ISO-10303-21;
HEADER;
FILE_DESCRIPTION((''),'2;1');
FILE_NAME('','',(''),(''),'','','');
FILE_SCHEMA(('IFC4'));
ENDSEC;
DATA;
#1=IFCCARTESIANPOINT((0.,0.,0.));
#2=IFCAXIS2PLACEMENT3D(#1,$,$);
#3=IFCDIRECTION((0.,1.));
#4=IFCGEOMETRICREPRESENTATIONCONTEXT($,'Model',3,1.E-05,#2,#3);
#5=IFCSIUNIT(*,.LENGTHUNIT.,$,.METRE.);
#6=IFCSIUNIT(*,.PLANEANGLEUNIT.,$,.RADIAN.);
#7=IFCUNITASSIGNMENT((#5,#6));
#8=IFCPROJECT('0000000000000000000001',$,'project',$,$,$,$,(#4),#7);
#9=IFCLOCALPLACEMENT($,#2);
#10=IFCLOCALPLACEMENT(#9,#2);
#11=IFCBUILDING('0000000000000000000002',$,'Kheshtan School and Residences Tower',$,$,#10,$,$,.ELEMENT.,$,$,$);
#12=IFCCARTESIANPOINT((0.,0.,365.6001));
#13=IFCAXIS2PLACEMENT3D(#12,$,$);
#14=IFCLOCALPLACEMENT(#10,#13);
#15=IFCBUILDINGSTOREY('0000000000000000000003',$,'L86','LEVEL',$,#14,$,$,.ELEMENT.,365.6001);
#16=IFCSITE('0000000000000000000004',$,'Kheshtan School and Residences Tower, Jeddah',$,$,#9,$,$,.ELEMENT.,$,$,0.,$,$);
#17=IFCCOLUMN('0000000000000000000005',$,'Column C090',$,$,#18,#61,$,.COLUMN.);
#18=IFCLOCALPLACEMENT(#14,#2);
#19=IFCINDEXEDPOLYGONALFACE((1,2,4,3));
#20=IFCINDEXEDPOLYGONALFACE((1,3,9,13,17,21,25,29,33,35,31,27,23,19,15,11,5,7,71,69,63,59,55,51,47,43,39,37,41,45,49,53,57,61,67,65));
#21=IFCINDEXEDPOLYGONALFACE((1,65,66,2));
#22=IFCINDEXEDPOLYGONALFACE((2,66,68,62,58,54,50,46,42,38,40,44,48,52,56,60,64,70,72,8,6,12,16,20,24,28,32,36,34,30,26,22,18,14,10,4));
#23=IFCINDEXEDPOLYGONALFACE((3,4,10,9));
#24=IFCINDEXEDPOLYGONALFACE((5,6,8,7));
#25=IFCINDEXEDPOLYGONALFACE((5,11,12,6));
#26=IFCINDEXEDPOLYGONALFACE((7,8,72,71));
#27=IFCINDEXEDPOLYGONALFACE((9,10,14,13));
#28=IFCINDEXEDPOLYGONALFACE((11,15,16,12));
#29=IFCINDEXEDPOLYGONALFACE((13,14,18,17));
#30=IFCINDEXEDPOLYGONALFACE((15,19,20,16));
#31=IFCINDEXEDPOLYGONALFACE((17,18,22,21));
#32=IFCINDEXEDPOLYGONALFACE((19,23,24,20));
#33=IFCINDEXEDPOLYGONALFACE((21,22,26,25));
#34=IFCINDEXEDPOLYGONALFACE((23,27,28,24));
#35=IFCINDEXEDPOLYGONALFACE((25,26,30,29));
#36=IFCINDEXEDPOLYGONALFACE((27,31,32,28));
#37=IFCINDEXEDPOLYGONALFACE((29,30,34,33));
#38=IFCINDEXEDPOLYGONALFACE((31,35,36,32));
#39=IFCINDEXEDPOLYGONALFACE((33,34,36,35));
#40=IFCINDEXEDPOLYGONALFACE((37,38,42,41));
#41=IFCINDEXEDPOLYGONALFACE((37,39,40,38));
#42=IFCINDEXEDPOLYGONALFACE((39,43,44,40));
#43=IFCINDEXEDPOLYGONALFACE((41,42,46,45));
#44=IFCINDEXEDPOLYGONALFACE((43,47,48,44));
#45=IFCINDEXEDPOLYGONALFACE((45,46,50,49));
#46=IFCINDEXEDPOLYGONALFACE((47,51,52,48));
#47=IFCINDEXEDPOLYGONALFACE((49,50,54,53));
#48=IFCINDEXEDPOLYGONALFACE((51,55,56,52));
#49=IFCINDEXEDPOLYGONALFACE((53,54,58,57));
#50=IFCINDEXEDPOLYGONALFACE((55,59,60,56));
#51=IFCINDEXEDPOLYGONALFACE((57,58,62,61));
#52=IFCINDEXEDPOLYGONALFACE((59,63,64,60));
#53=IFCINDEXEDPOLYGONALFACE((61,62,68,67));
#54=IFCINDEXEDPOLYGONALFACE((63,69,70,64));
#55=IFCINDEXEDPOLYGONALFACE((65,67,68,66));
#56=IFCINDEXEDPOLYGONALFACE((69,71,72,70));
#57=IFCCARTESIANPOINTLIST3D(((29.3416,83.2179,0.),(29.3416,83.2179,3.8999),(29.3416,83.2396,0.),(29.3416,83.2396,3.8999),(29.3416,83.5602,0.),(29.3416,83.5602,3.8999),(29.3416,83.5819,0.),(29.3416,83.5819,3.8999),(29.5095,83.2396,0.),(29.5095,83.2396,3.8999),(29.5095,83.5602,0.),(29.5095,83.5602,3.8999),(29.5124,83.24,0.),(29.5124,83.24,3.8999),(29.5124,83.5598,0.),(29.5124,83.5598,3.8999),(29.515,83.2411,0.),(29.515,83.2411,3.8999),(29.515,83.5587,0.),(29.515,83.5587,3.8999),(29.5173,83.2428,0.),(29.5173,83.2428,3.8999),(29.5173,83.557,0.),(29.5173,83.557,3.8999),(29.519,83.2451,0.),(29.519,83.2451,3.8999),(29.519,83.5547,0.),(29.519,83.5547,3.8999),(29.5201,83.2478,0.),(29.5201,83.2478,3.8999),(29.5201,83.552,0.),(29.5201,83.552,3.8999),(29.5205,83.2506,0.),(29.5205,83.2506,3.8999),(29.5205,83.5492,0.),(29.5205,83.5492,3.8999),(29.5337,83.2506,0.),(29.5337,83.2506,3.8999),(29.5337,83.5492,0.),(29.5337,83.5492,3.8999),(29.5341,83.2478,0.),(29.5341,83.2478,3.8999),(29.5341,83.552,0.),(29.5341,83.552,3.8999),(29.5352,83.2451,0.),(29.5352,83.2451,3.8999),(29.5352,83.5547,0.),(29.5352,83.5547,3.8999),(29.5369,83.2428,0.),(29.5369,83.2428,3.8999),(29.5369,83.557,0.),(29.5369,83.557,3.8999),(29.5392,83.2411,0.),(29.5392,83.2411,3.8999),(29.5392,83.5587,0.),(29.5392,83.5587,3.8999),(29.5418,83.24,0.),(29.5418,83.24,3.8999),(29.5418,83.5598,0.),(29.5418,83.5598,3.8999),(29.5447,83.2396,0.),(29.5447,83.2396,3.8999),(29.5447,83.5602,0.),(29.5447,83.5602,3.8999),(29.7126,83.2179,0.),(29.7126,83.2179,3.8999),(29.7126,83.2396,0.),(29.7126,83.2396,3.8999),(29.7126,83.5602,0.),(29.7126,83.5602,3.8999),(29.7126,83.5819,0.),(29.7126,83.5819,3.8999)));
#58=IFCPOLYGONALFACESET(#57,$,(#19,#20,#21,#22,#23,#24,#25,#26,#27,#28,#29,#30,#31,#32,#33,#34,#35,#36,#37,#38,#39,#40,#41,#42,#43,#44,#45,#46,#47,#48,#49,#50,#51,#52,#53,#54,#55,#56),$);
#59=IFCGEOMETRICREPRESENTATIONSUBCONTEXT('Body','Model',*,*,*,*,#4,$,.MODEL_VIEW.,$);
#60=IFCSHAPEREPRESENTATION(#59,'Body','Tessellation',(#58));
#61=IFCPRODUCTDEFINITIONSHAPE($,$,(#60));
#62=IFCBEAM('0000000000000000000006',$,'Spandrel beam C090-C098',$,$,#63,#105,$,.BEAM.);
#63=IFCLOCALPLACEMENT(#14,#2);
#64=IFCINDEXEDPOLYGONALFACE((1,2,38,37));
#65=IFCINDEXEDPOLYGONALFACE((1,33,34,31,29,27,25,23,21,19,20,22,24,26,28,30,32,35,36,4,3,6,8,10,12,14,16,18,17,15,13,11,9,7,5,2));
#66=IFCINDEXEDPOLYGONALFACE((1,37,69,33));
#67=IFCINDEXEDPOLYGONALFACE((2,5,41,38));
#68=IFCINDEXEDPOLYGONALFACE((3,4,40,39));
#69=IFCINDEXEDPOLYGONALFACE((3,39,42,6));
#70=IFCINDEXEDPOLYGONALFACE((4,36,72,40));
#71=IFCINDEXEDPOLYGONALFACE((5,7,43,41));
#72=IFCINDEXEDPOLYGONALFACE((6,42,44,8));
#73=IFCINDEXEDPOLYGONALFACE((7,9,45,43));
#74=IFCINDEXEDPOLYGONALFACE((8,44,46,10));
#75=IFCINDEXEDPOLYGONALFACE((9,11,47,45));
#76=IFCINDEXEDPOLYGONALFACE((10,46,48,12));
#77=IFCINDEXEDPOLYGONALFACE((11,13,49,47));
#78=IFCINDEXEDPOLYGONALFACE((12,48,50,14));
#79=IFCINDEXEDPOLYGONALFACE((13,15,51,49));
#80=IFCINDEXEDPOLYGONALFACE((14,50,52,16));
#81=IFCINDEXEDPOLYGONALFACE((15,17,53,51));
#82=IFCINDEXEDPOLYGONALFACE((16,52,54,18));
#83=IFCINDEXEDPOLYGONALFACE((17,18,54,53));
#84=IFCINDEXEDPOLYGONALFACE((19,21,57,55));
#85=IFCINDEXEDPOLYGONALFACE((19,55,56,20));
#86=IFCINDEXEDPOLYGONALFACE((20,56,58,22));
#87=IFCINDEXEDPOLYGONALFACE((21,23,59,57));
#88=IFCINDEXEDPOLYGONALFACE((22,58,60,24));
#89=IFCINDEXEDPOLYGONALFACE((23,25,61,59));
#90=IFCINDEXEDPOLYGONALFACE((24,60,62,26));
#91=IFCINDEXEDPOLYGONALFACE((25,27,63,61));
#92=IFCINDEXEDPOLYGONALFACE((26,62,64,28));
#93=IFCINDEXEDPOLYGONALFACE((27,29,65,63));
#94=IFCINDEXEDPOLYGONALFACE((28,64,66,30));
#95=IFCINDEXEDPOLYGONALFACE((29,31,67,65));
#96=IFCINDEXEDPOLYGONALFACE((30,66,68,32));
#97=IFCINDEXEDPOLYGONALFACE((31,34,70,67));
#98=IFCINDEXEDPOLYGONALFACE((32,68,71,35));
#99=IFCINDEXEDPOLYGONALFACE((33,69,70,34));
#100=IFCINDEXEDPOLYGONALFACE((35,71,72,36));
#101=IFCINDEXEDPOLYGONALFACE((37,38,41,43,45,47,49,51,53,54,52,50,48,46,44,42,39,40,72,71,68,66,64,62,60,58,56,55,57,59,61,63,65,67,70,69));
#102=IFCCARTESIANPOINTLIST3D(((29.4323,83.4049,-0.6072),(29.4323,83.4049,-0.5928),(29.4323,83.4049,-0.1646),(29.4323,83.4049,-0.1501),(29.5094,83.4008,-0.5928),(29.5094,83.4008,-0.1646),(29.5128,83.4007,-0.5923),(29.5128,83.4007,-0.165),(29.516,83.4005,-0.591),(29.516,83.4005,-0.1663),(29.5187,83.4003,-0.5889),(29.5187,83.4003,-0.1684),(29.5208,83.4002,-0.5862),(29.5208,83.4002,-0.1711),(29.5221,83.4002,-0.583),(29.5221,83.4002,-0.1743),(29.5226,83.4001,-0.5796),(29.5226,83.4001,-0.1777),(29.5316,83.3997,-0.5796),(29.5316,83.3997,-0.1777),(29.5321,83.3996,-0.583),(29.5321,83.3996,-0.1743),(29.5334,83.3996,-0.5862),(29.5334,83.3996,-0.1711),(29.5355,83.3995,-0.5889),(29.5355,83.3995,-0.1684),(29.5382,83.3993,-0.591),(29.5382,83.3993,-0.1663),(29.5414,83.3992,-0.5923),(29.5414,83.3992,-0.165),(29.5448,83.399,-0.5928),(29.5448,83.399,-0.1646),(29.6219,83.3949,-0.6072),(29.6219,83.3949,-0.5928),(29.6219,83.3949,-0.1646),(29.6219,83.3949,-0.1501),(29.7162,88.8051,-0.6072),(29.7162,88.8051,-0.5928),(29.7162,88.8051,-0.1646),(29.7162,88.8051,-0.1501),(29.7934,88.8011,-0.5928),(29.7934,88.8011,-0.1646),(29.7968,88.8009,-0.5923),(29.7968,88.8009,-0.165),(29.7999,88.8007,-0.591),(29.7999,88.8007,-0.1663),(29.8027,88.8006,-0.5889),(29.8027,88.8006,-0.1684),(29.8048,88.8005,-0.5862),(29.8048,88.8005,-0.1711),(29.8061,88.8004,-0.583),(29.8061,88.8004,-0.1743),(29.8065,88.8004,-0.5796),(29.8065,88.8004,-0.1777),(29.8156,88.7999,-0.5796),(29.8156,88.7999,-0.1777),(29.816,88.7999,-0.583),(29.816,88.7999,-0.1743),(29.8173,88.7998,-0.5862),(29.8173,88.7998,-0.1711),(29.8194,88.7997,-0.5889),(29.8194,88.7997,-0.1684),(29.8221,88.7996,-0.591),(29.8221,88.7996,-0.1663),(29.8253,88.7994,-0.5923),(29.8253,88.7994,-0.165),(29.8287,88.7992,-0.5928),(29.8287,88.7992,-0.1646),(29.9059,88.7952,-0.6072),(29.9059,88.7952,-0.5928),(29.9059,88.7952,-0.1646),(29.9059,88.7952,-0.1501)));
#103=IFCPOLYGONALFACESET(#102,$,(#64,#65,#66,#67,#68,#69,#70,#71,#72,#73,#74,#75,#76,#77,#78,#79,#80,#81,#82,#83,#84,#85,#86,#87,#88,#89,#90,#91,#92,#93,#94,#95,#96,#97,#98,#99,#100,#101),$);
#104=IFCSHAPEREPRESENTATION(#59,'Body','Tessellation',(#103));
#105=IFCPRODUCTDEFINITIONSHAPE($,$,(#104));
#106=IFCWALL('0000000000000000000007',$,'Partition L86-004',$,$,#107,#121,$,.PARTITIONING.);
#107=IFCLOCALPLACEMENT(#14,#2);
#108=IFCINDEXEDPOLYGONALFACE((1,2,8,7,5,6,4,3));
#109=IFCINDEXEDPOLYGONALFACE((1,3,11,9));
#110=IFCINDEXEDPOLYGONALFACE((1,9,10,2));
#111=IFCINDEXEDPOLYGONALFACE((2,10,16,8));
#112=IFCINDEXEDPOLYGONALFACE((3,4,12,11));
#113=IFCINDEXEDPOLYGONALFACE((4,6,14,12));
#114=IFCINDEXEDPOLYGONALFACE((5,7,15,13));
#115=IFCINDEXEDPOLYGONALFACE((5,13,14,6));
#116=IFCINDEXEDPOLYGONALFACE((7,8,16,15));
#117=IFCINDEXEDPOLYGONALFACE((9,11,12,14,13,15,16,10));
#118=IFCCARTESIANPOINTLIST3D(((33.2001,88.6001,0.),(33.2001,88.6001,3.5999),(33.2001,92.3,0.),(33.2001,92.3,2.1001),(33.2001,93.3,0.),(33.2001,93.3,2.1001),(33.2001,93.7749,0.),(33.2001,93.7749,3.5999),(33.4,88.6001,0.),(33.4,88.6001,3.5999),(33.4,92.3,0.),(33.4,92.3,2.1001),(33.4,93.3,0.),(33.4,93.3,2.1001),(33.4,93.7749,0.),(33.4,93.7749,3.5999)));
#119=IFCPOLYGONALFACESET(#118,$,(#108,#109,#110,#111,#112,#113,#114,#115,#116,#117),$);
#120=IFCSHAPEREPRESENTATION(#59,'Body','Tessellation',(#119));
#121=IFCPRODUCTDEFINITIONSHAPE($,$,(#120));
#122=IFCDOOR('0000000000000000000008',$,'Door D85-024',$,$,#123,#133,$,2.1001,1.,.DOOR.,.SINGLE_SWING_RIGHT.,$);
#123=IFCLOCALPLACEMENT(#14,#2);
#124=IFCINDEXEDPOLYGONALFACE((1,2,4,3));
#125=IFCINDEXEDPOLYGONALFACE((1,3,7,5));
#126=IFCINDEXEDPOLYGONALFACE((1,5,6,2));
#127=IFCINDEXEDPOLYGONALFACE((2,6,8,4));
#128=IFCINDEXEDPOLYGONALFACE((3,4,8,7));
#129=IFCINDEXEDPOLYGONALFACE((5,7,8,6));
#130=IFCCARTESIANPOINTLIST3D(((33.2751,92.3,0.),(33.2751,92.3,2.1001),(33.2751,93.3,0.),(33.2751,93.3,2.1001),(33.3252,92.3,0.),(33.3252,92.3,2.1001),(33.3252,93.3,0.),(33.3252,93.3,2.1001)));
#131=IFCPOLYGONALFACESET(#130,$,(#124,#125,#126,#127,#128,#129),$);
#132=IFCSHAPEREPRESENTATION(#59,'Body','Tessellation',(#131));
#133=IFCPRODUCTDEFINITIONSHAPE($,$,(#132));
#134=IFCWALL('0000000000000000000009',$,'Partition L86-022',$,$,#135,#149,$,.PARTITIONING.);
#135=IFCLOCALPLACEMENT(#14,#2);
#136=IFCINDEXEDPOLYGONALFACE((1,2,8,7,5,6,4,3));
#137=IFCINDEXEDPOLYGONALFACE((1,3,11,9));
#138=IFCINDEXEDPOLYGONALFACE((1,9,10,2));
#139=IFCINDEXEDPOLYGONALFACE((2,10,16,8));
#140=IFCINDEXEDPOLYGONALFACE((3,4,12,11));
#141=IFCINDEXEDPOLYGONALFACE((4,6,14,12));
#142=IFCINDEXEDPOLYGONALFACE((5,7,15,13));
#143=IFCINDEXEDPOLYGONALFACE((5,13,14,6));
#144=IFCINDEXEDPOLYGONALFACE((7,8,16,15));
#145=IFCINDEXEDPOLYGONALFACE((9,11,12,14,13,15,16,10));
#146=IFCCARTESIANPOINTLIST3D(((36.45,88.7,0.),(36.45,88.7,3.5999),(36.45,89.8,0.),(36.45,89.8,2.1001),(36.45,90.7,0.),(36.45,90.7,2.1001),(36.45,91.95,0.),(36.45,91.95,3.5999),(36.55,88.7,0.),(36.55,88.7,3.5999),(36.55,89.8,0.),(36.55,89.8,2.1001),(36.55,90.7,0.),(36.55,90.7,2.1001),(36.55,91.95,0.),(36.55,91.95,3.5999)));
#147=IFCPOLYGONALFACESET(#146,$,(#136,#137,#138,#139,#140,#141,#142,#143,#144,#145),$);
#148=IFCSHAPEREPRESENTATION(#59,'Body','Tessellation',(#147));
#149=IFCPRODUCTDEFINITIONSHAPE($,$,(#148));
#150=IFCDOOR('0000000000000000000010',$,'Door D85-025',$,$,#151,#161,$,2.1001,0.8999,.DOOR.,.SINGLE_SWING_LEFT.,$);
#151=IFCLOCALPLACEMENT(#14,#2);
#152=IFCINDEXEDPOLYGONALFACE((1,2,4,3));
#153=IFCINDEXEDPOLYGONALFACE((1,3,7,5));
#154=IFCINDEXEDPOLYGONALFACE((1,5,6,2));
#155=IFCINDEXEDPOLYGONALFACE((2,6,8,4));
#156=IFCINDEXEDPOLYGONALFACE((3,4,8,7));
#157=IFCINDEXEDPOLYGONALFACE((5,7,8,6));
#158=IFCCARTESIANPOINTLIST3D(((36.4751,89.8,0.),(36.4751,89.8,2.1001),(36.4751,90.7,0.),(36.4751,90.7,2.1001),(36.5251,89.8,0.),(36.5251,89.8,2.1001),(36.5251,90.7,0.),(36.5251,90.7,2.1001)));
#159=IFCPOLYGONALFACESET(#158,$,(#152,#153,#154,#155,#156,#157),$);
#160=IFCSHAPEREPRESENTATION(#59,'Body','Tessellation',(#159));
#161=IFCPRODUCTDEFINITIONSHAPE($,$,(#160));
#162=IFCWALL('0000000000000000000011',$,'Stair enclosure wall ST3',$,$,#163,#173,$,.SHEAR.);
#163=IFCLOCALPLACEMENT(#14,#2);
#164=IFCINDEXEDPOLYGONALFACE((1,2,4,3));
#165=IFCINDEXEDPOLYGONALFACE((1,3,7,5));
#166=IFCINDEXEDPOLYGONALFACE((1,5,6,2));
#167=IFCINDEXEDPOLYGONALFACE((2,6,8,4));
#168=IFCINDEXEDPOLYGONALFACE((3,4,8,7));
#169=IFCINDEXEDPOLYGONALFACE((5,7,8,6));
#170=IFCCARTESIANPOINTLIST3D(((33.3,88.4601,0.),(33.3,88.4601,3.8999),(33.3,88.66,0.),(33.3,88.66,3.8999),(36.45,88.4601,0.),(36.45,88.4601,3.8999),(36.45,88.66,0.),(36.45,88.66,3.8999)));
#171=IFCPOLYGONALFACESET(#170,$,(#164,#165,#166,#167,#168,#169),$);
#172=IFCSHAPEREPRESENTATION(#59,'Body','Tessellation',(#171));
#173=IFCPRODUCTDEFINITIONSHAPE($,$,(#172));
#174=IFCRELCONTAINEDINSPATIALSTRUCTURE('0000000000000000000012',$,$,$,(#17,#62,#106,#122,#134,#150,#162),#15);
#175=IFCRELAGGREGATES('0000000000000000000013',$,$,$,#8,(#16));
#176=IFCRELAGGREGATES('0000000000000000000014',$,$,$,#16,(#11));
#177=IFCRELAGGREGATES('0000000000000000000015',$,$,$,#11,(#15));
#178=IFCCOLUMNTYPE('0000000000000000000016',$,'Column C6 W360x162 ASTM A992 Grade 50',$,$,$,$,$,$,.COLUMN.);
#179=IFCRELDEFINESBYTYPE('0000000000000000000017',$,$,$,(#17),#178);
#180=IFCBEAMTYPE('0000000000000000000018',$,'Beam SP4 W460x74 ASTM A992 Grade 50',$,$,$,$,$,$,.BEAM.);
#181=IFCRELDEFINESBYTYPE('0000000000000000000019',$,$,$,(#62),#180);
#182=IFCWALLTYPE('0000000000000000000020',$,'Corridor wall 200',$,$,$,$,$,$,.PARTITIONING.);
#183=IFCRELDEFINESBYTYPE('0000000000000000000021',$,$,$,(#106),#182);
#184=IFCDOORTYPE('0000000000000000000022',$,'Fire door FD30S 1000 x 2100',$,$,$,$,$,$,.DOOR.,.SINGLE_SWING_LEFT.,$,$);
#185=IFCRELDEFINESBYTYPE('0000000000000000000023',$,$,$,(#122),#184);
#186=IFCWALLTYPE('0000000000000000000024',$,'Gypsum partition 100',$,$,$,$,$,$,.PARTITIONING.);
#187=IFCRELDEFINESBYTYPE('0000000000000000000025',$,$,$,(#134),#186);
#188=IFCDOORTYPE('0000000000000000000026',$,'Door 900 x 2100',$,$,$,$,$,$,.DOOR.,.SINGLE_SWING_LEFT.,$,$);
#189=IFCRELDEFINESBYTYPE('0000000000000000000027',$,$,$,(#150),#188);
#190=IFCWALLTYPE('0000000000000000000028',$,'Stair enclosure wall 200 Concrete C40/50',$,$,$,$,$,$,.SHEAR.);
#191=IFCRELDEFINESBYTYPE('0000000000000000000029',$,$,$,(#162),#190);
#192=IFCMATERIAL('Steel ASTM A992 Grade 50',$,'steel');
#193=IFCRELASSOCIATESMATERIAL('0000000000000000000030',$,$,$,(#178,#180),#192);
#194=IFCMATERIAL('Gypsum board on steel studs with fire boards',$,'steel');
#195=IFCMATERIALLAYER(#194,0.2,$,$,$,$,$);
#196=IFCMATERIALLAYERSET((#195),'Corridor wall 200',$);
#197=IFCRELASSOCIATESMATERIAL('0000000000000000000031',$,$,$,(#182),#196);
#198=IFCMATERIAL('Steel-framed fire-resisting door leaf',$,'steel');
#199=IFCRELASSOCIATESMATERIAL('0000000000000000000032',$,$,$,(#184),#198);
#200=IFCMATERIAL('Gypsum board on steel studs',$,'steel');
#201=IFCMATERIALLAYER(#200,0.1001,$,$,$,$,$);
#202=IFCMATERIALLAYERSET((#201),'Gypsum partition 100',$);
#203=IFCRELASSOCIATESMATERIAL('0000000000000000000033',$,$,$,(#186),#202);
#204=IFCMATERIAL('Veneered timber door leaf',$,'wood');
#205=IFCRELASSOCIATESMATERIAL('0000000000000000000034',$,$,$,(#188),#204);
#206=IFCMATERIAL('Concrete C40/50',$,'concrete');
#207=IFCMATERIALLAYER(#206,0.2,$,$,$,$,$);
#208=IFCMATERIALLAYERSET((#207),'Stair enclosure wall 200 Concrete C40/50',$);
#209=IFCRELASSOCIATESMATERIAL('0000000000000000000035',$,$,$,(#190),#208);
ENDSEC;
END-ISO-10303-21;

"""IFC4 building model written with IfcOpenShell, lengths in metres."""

from ifc_helpers import new_model, si_unit, direction, frame, frame_2d, origin, origin_2d, place, context, subcontext, project, spatial, rectangle, i_section, extrude, source, transform, mapped, material, layer, layer_set, material_profile, profile_set, type_object, element, fill, save


model = new_model("IFC4")

# Units and contexts
model_context = context("Model", 3, precision=1e-05, world=origin(), true_north=direction((0.0, 1.0)))
body_context = subcontext(model_context, "Body", "Model", "MODEL_VIEW")
ifc_project = project(units=[si_unit("LENGTHUNIT", "METRE"), si_unit("PLANEANGLEUNIT", "RADIAN")], contexts=[model_context])

# Site, building, storey
site_placement = place(None, origin())
site = spatial("IfcSite", under=ifc_project, at=site_placement, Name="Kheshtan School and Residences Tower, Jeddah", CompositionType="ELEMENT", RefElevation=0.0)
building_placement = place(site_placement, origin())
building = spatial("IfcBuilding", under=site, at=building_placement, Name="Kheshtan School and Residences Tower", CompositionType="ELEMENT")
storey_placement = place(building_placement, frame((0.0, 0.0, 365.6001)))
storey = spatial("IfcBuildingStorey", under=building, at=storey_placement, Name="L86", Description="LEVEL", CompositionType="ELEMENT", Elevation=365.6001)

# Column
ifc_material_1 = material(Name="Steel ASTM A992 Grade 50", Category="steel")
ifc_material_profile_1 = material_profile(ifc_material_1, i_section(OverallWidth=0.3711, OverallDepth=0.364, WebThickness=0.0132, FlangeThickness=0.0217, FilletRadius=0.011, at=origin_2d()), Name="W360x162")
ifc_profile_set_1 = profile_set([ifc_material_profile_1], Name="Steel ASTM A992 Grade 50")
column_type = type_object("IfcColumnType", Name="Column C6 W360x162 ASTM A992 Grade 50", PredefinedType="COLUMN", material=ifc_profile_set_1)
column_placement = place(storey_placement, frame((29.5271, 83.3999, 0.0), z_axis=(0.0, 0.0, 1.0), x_axis=(1.0, 0.0, 0.0)))
element("IfcColumn", 1, at=column_placement, inside=storey, type_object=column_type, Name="Column C090", PredefinedType="COLUMN", context=body_context, shape_type="SweptSolid", body=[
    extrude(i_section(OverallWidth=0.3711, OverallDepth=0.364, WebThickness=0.0132, FlangeThickness=0.0217, FilletRadius=0.011, at=origin_2d()), origin(), (0.0, 0.0, 1.0), 3.8999),
])

# Beam
ifc_material_profile_2 = material_profile(ifc_material_1, i_section(OverallWidth=0.1899, OverallDepth=0.457, WebThickness=0.009, FlangeThickness=0.0144, FilletRadius=0.0132, at=origin_2d()), Name="W460x74")
ifc_profile_set_2 = profile_set([ifc_material_profile_2], Name="Steel ASTM A992 Grade 50")
beam_type = type_object("IfcBeamType", Name="Beam SP4 W460x74 ASTM A992 Grade 50", PredefinedType="BEAM", material=ifc_profile_set_2)
beam_placement = place(storey_placement, frame((29.5271, 83.3999, -0.3787), z_axis=(0.052507, 0.998621, 0.0), x_axis=(-0.998621, 0.052507, 0.0)))
element("IfcBeam", 2, at=beam_placement, inside=storey, type_object=beam_type, Name="Spandrel beam C090-C098", PredefinedType="BEAM", context=body_context, shape_type="SweptSolid", body=[
    extrude(i_section(OverallWidth=0.1899, OverallDepth=0.457, WebThickness=0.009, FlangeThickness=0.0144, FilletRadius=0.0132, at=origin_2d()), origin(), (0.0, 0.0, 1.0), 5.4077),
])

# Walls, openings, doors
ifc_material_2 = material(Name="Gypsum board on steel studs with fire boards", Category="steel")
ifc_layer_1 = layer(ifc_material_2, 0.2)
ifc_layer_set_1 = layer_set([ifc_layer_1], Name="Corridor wall 200")
wall_type_1 = type_object("IfcWallType", Name="Corridor wall 200", PredefinedType="PARTITIONING", material=ifc_layer_set_1)
wall_1_placement = place(storey_placement, frame((33.3, 88.6001, 0.0), z_axis=(0.0, 0.0, 1.0), x_axis=(0.0, 1.0, 0.0)))
wall_1 = element("IfcWall", 3, at=wall_1_placement, inside=storey, type_object=wall_type_1, Name="Partition L86-004", PredefinedType="PARTITIONING", context=body_context, shape_type="SweptSolid", body=[
    extrude(rectangle(XDim=5.1748, YDim=0.2, at=frame_2d((2.5874, 0.0))), origin(), (0.0, 0.0, 1.0), 3.5999),
])
opening_1_placement = place(wall_1_placement, frame((3.7, 0.0, 0.0)))
opening_1 = element("IfcOpeningElement", 4, at=opening_1_placement, cuts=wall_1, PredefinedType="OPENING", context=body_context, shape_type="SweptSolid", body=[
    extrude(rectangle(XDim=1.0, YDim=2.1001, at=frame_2d((0.5, 1.05))), frame((0.0, 0.1099, 0.0), z_axis=(0.0, -1.0, 0.0), x_axis=(1.0, 0.0, 0.0)), (0.0, 0.0, 1.0), 0.22),
])
ifc_material_3 = material(Name="Steel-framed fire-resisting door leaf", Category="steel")
door_type_1 = type_object("IfcDoorType", Name="Fire door FD30S 1000 x 2100", OperationType="SINGLE_SWING_LEFT", PredefinedType="DOOR", material=ifc_material_3)
shared_shape_1 = source(origin(), body_context, "Body", "SweptSolid", [
    extrude(rectangle(XDim=1.0, YDim=2.1001, at=frame_2d((0.5, 1.05))), frame((0.0, 0.0249, 0.0), z_axis=(0.0, -1.0, 0.0), x_axis=(1.0, 0.0, 0.0)), (0.0, 0.0, 1.0), 0.05),
])
door_1_placement = place(opening_1_placement, origin())
door_1 = element("IfcDoor", 5, at=door_1_placement, inside=storey, type_object=door_type_1, Name="Door D85-024", OperationType="SINGLE_SWING_RIGHT", OverallHeight=2.1001, OverallWidth=1.0, PredefinedType="DOOR", context=body_context, shape_type="MappedRepresentation", body=[
    mapped(shared_shape_1, transform((0.0, 0.0, 0.0), x_axis=(1.0, 0.0, 0.0), y_axis=(0.0, 1.0, 0.0), z_axis=(0.0, 0.0, 1.0), scale=1.0)),
])
fill(opening_1, door_1)
ifc_material_4 = material(Name="Gypsum board on steel studs", Category="steel")
ifc_layer_2 = layer(ifc_material_4, 0.1001)
ifc_layer_set_2 = layer_set([ifc_layer_2], Name="Gypsum partition 100")
wall_type_2 = type_object("IfcWallType", Name="Gypsum partition 100", PredefinedType="PARTITIONING", material=ifc_layer_set_2)
wall_2_placement = place(storey_placement, frame((36.5, 88.7, 0.0), z_axis=(0.0, 0.0, 1.0), x_axis=(0.0, 1.0, 0.0)))
wall_2 = element("IfcWall", 6, at=wall_2_placement, inside=storey, type_object=wall_type_2, Name="Partition L86-022", PredefinedType="PARTITIONING", context=body_context, shape_type="SweptSolid", body=[
    extrude(rectangle(XDim=3.25, YDim=0.1001, at=frame_2d((1.625, 0.0))), origin(), (0.0, 0.0, 1.0), 3.5999),
])
opening_2_placement = place(wall_2_placement, frame((1.1001, 0.0, 0.0)))
opening_2 = element("IfcOpeningElement", 7, at=opening_2_placement, cuts=wall_2, PredefinedType="OPENING", context=body_context, shape_type="SweptSolid", body=[
    extrude(rectangle(XDim=0.8999, YDim=2.1001, at=frame_2d((0.45, 1.05))), frame((0.0, 0.0601, 0.0), z_axis=(0.0, -1.0, 0.0), x_axis=(1.0, 0.0, 0.0)), (0.0, 0.0, 1.0), 0.1201),
])
ifc_material_5 = material(Name="Veneered timber door leaf", Category="wood")
door_type_2 = type_object("IfcDoorType", Name="Door 900 x 2100", OperationType="SINGLE_SWING_LEFT", PredefinedType="DOOR", material=ifc_material_5)
shared_shape_2 = source(origin(), body_context, "Body", "SweptSolid", [
    extrude(rectangle(XDim=0.8999, YDim=2.1001, at=frame_2d((0.45, 1.05))), frame((0.0, 0.0249, 0.0), z_axis=(0.0, -1.0, 0.0), x_axis=(1.0, 0.0, 0.0)), (0.0, 0.0, 1.0), 0.05),
])
door_2_placement = place(opening_2_placement, origin())
door_2 = element("IfcDoor", 8, at=door_2_placement, inside=storey, type_object=door_type_2, Name="Door D85-025", OperationType="SINGLE_SWING_LEFT", OverallHeight=2.1001, OverallWidth=0.8999, PredefinedType="DOOR", context=body_context, shape_type="MappedRepresentation", body=[
    mapped(shared_shape_2, transform((0.0, 0.0, 0.0), x_axis=(1.0, 0.0, 0.0), y_axis=(0.0, 1.0, 0.0), z_axis=(0.0, 0.0, 1.0), scale=1.0)),
])
fill(opening_2, door_2)

# Wall
ifc_material_6 = material(Name="Concrete C40/50", Category="concrete")
ifc_layer_3 = layer(ifc_material_6, 0.2)
ifc_layer_set_3 = layer_set([ifc_layer_3], Name="Stair enclosure wall 200 Concrete C40/50")
wall_type_3 = type_object("IfcWallType", Name="Stair enclosure wall 200 Concrete C40/50", PredefinedType="SHEAR", material=ifc_layer_set_3)
wall_3_placement = place(storey_placement, frame((33.3, 88.5601, 0.0), z_axis=(0.0, 0.0, 1.0), x_axis=(1.0, 0.0, 0.0)))
element("IfcWall", 9, at=wall_3_placement, inside=storey, type_object=wall_type_3, Name="Stair enclosure wall ST3", PredefinedType="SHEAR", context=body_context, shape_type="SweptSolid", body=[
    extrude(rectangle(XDim=3.1499, YDim=0.2, at=frame_2d((1.575, 0.0))), origin(), (0.0, 0.0, 1.0), 3.8999),
])

save(model, "model.ifc")
